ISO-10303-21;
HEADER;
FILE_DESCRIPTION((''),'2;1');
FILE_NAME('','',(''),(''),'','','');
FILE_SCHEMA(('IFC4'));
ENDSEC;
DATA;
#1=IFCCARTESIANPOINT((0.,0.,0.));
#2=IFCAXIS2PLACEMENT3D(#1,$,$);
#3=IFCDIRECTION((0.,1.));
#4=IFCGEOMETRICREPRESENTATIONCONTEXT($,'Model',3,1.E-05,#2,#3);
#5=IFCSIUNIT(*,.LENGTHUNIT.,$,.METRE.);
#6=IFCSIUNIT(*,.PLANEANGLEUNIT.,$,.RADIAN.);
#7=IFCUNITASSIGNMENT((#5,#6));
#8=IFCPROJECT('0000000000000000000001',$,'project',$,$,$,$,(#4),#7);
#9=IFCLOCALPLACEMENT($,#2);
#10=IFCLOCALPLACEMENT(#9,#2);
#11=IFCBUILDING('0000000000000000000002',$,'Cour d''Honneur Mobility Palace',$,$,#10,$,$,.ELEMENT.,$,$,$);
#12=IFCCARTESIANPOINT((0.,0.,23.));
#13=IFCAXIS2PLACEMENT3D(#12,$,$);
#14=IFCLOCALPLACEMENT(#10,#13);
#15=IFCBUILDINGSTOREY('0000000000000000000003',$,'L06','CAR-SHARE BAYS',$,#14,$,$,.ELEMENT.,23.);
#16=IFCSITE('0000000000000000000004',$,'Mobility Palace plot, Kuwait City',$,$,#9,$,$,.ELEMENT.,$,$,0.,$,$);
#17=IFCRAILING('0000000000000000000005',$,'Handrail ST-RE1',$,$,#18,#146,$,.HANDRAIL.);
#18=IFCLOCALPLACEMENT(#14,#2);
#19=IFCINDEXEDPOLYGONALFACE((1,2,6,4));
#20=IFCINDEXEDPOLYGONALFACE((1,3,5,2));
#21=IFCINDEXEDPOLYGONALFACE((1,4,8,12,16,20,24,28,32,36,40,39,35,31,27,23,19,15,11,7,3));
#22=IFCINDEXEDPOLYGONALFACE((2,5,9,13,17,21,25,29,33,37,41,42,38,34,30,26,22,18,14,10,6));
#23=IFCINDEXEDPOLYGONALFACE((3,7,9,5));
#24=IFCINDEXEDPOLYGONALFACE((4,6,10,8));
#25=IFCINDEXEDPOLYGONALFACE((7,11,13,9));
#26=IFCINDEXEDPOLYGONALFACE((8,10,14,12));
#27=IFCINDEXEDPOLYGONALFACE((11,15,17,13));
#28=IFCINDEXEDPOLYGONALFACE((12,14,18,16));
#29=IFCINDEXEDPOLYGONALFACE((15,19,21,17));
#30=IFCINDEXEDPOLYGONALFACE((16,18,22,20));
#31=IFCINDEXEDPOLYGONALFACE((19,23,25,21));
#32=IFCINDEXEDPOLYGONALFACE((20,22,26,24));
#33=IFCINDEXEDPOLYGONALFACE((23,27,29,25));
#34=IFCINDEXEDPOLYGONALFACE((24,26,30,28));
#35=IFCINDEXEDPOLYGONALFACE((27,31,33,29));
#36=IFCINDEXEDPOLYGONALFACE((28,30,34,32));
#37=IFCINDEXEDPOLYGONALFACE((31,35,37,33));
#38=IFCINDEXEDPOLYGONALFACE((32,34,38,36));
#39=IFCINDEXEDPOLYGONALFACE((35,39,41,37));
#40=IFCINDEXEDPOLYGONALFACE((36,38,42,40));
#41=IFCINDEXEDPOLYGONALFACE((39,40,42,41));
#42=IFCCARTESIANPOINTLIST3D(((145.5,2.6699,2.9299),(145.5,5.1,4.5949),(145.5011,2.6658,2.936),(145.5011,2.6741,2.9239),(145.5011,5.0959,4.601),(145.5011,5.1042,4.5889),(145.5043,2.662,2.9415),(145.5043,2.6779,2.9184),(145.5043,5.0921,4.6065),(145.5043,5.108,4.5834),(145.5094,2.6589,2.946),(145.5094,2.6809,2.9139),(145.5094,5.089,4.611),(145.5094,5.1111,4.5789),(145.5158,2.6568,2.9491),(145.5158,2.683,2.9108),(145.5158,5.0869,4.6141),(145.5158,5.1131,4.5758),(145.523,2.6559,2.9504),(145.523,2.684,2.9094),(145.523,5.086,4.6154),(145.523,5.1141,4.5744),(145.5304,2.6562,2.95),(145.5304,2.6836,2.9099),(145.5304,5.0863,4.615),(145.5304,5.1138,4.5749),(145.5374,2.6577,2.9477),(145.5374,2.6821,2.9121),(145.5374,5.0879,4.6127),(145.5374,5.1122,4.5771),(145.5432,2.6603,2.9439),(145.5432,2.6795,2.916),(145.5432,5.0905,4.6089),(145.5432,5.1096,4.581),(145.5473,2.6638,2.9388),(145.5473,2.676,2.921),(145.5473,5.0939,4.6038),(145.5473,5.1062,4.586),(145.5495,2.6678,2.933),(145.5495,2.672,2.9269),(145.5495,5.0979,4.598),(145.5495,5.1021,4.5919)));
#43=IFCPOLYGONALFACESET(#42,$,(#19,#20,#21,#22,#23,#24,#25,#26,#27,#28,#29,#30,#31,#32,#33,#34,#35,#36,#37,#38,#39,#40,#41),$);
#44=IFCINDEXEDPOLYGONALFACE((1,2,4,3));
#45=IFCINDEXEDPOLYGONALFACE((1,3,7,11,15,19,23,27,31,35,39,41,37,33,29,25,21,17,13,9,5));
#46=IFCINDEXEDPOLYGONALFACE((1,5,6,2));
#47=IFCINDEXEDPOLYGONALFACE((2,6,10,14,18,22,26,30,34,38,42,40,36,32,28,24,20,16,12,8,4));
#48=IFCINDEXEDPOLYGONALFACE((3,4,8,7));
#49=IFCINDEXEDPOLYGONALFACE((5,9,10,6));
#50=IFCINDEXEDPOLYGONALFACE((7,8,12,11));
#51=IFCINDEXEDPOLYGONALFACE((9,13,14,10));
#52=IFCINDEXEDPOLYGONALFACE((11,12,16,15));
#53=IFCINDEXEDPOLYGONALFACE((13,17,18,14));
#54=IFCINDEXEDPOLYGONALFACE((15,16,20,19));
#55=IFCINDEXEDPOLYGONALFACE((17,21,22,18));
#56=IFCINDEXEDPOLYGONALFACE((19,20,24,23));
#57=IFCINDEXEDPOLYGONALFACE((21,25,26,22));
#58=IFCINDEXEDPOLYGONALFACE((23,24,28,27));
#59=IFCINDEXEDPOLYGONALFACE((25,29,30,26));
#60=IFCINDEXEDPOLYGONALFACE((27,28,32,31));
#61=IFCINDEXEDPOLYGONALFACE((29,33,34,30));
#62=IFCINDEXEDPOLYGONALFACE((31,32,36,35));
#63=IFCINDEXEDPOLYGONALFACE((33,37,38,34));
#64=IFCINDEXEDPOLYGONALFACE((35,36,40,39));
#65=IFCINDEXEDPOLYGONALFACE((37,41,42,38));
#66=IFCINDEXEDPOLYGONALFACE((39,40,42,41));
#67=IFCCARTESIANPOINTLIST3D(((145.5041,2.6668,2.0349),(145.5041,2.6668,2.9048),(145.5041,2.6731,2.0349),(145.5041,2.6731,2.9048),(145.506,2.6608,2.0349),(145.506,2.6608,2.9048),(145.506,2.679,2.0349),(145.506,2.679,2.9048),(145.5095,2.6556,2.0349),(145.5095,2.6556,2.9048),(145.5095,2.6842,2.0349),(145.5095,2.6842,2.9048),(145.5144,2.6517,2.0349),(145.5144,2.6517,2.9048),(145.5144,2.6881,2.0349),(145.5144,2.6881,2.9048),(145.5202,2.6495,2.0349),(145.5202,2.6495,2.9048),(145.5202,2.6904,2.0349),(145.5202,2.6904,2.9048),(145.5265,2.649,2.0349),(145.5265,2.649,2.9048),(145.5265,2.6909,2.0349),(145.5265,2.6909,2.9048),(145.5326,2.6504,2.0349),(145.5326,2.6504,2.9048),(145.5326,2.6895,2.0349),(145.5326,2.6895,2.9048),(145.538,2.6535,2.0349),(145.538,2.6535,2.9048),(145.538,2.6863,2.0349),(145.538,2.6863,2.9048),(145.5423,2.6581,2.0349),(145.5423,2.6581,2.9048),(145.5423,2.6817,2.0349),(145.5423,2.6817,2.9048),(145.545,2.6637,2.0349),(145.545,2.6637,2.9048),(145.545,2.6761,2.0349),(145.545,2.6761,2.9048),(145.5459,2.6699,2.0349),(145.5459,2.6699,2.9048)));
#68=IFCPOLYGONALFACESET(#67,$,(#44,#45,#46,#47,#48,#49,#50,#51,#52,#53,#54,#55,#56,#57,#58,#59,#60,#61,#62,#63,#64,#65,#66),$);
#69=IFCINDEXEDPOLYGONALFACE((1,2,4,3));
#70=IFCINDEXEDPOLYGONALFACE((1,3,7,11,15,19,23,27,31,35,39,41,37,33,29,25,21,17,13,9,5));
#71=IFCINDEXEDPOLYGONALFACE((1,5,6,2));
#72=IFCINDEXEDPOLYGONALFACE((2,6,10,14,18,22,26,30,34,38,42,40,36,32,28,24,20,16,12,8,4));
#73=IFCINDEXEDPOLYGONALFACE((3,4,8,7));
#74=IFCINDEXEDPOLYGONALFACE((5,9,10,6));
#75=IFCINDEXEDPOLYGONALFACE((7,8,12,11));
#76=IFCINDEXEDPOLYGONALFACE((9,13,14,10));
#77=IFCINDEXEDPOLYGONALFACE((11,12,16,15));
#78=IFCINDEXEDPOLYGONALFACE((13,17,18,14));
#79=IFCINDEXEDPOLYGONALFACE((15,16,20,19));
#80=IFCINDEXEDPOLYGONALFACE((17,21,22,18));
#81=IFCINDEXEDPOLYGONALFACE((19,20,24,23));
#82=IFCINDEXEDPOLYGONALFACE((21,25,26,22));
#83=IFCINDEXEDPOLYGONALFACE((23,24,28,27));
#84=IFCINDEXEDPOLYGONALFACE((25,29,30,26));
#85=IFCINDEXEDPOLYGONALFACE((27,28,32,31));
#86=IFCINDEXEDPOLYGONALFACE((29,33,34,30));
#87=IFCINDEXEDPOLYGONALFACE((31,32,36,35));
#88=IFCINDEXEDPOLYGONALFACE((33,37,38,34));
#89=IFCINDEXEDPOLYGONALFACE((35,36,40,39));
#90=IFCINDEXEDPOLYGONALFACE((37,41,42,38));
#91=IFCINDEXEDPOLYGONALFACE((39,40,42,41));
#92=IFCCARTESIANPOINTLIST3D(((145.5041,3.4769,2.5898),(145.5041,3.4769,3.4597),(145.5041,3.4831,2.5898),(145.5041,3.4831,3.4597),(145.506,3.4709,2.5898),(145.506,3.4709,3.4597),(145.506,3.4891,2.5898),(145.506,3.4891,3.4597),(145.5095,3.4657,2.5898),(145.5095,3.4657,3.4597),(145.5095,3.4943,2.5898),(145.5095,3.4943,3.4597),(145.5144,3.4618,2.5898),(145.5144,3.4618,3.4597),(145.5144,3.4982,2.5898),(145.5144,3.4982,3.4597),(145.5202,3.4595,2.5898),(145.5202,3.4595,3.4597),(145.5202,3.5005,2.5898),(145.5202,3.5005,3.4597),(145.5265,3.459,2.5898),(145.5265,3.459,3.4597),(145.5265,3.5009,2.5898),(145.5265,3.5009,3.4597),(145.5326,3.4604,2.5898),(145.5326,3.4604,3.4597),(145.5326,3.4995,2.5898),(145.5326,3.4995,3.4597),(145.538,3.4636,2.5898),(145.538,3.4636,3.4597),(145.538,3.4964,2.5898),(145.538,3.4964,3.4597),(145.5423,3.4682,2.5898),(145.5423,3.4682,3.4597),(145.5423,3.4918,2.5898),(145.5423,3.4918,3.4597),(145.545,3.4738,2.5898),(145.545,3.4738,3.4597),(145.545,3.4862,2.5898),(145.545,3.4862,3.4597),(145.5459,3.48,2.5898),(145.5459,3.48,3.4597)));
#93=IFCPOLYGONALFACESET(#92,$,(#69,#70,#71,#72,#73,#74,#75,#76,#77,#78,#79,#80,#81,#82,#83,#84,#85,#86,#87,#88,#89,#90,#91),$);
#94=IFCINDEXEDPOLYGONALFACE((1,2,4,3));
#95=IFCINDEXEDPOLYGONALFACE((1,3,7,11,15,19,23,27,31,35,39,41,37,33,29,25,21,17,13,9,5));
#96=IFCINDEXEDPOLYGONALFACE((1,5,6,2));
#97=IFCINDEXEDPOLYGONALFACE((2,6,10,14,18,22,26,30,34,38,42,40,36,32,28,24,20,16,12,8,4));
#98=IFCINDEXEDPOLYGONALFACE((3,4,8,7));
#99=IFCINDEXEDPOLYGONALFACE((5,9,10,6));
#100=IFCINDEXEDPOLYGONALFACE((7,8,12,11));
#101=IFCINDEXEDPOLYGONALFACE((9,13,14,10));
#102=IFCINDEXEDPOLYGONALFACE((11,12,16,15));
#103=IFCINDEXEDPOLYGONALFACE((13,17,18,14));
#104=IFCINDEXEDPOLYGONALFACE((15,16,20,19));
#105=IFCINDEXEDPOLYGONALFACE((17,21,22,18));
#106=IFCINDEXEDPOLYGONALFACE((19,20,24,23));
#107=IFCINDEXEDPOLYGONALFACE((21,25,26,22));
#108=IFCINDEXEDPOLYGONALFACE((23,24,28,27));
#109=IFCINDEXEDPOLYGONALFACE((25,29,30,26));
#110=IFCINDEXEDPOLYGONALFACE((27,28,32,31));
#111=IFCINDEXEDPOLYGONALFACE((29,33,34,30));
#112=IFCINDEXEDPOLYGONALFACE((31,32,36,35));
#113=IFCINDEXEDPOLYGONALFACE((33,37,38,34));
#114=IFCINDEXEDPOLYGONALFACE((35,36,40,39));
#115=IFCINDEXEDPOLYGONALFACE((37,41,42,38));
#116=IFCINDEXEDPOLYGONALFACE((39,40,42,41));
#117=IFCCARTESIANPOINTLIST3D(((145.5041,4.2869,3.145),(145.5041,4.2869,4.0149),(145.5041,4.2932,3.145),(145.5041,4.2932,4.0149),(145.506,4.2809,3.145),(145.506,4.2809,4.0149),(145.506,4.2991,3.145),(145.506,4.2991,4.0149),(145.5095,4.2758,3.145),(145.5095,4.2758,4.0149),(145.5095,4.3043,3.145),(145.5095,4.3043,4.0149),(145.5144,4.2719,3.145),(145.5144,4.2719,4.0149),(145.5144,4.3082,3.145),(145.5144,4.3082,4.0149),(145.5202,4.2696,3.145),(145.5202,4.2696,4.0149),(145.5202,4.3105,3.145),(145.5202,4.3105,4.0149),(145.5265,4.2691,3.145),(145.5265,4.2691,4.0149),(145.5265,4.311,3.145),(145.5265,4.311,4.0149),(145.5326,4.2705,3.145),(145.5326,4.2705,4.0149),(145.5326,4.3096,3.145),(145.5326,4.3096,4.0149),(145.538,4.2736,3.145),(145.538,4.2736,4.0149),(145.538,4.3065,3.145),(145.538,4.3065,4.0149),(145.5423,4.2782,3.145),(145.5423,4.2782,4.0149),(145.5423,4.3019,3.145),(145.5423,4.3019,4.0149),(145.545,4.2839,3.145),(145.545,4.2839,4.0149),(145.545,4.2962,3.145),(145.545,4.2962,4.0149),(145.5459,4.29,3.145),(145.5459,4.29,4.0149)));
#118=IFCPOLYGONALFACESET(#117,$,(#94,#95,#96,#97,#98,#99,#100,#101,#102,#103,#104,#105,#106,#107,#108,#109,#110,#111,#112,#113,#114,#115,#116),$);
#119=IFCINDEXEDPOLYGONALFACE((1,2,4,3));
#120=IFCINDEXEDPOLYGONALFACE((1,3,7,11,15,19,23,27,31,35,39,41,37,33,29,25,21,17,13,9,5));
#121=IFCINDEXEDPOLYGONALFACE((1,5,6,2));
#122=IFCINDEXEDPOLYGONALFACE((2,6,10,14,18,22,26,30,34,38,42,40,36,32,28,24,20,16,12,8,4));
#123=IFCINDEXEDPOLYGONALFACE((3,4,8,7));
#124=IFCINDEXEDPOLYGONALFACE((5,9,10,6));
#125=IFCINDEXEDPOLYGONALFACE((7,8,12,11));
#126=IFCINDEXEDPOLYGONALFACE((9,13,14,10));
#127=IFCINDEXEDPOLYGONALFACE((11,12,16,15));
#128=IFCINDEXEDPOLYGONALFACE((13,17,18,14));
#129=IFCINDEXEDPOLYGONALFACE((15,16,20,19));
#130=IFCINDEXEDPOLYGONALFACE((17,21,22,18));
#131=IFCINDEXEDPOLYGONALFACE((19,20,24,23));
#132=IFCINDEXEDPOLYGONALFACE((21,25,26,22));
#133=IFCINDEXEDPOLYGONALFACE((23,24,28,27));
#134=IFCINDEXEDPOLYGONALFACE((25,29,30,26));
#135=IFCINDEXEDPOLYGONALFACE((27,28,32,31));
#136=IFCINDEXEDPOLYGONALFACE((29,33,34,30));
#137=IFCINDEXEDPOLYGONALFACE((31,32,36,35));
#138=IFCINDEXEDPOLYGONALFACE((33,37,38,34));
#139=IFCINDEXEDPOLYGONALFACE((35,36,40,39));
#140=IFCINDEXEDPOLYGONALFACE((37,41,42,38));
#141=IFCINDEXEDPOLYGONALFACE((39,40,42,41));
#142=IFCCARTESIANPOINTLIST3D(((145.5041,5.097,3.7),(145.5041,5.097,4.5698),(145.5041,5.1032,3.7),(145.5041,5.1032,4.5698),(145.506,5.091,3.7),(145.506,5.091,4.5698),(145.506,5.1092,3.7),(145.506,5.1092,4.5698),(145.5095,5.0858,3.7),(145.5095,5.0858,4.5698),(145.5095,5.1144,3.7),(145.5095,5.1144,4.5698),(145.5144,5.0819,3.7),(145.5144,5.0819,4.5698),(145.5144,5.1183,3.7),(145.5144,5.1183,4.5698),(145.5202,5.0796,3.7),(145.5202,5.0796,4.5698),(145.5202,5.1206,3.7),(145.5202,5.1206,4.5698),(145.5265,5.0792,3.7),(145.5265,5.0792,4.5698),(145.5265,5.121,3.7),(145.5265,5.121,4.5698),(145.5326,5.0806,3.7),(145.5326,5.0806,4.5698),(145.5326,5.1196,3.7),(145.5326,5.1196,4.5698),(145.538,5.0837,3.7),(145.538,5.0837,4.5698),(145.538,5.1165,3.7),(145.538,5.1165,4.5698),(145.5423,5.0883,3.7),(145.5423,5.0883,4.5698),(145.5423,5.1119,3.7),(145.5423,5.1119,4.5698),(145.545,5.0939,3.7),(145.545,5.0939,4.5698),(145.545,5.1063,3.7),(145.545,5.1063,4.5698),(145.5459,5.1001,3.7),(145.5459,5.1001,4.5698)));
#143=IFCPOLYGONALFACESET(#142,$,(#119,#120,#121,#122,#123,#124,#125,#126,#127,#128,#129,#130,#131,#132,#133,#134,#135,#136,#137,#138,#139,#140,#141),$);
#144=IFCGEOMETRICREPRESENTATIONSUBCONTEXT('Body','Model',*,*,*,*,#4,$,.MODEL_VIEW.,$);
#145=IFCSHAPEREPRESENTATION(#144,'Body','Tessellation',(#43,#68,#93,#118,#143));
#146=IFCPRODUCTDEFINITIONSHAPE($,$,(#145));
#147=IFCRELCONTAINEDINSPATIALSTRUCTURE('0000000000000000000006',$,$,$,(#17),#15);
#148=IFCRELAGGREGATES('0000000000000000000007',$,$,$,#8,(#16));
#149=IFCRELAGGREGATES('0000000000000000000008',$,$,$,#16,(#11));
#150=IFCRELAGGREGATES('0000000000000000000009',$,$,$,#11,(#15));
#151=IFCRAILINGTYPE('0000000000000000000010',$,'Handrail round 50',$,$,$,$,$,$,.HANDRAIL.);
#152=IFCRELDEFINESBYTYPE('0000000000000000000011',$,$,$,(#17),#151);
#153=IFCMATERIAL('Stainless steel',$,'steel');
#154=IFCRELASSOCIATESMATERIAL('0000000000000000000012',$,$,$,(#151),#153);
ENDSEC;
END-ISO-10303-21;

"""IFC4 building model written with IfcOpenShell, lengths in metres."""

from ifc_helpers import new_model, si_unit, direction, frame, origin, origin_2d, place, context, subcontext, project, spatial, circle, extrude, material, type_object, element, save


model = new_model("IFC4")

# Units and contexts
model_context = context("Model", 3, precision=1e-05, world=origin(), true_north=direction((0.0, 1.0)))
body_context = subcontext(model_context, "Body", "Model", "MODEL_VIEW")
ifc_project = project(units=[si_unit("LENGTHUNIT", "METRE"), si_unit("PLANEANGLEUNIT", "RADIAN")], contexts=[model_context])

# Site, building, storey
site_placement = place(None, origin())
site = spatial("IfcSite", under=ifc_project, at=site_placement, Name="Mobility Palace plot, Kuwait City", CompositionType="ELEMENT", RefElevation=0.0)
building_placement = place(site_placement, origin())
building = spatial("IfcBuilding", under=site, at=building_placement, Name="Cour d'Honneur Mobility Palace", CompositionType="ELEMENT")
storey_placement = place(building_placement, frame((0.0, 0.0, 23.0)))
storey = spatial("IfcBuildingStorey", under=building, at=storey_placement, Name="L06", Description="CAR-SHARE BAYS", CompositionType="ELEMENT", Elevation=23.0)

# Railing
ifc_material_1 = material(Name="Stainless steel", Category="steel")
railing_type_1 = type_object("IfcRailingType", Name="Handrail round 50", PredefinedType="HANDRAIL", material=ifc_material_1)
for number, where, name in (
    (1, (145.5249, 2.6699, 2.0349), "Handrail ST-RE1"),
):
    element("IfcRailing", number, at=place(storey_placement, frame(where)), inside=storey, type_object=railing_type_1, Name=name, PredefinedType="HANDRAIL", context=body_context, shape_type="SweptSolid", body=[
        extrude(circle(Radius=0.0249, at=origin_2d()), frame((0.0, 0.0, 0.895), z_axis=(0.0, 0.824945, 0.565213), x_axis=(-1.0, 0.0, 0.0)), (0.0, 0.0, 1.0), 2.9458),
        extrude(circle(Radius=0.021, at=origin_2d()), origin(), (0.0, 0.0, 1.0), 0.8699),
        extrude(circle(Radius=0.021, at=origin_2d()), frame((0.0, 0.8101, 0.5549)), (0.0, 0.0, 1.0), 0.8699),
        extrude(circle(Radius=0.021, at=origin_2d()), frame((0.0, 1.6201, 1.1101)), (0.0, 0.0, 1.0), 0.8699),
        extrude(circle(Radius=0.021, at=origin_2d()), frame((0.0, 2.4302, 1.665)), (0.0, 0.0, 1.0), 0.8699),
    ])

save(model, "model.ifc")
